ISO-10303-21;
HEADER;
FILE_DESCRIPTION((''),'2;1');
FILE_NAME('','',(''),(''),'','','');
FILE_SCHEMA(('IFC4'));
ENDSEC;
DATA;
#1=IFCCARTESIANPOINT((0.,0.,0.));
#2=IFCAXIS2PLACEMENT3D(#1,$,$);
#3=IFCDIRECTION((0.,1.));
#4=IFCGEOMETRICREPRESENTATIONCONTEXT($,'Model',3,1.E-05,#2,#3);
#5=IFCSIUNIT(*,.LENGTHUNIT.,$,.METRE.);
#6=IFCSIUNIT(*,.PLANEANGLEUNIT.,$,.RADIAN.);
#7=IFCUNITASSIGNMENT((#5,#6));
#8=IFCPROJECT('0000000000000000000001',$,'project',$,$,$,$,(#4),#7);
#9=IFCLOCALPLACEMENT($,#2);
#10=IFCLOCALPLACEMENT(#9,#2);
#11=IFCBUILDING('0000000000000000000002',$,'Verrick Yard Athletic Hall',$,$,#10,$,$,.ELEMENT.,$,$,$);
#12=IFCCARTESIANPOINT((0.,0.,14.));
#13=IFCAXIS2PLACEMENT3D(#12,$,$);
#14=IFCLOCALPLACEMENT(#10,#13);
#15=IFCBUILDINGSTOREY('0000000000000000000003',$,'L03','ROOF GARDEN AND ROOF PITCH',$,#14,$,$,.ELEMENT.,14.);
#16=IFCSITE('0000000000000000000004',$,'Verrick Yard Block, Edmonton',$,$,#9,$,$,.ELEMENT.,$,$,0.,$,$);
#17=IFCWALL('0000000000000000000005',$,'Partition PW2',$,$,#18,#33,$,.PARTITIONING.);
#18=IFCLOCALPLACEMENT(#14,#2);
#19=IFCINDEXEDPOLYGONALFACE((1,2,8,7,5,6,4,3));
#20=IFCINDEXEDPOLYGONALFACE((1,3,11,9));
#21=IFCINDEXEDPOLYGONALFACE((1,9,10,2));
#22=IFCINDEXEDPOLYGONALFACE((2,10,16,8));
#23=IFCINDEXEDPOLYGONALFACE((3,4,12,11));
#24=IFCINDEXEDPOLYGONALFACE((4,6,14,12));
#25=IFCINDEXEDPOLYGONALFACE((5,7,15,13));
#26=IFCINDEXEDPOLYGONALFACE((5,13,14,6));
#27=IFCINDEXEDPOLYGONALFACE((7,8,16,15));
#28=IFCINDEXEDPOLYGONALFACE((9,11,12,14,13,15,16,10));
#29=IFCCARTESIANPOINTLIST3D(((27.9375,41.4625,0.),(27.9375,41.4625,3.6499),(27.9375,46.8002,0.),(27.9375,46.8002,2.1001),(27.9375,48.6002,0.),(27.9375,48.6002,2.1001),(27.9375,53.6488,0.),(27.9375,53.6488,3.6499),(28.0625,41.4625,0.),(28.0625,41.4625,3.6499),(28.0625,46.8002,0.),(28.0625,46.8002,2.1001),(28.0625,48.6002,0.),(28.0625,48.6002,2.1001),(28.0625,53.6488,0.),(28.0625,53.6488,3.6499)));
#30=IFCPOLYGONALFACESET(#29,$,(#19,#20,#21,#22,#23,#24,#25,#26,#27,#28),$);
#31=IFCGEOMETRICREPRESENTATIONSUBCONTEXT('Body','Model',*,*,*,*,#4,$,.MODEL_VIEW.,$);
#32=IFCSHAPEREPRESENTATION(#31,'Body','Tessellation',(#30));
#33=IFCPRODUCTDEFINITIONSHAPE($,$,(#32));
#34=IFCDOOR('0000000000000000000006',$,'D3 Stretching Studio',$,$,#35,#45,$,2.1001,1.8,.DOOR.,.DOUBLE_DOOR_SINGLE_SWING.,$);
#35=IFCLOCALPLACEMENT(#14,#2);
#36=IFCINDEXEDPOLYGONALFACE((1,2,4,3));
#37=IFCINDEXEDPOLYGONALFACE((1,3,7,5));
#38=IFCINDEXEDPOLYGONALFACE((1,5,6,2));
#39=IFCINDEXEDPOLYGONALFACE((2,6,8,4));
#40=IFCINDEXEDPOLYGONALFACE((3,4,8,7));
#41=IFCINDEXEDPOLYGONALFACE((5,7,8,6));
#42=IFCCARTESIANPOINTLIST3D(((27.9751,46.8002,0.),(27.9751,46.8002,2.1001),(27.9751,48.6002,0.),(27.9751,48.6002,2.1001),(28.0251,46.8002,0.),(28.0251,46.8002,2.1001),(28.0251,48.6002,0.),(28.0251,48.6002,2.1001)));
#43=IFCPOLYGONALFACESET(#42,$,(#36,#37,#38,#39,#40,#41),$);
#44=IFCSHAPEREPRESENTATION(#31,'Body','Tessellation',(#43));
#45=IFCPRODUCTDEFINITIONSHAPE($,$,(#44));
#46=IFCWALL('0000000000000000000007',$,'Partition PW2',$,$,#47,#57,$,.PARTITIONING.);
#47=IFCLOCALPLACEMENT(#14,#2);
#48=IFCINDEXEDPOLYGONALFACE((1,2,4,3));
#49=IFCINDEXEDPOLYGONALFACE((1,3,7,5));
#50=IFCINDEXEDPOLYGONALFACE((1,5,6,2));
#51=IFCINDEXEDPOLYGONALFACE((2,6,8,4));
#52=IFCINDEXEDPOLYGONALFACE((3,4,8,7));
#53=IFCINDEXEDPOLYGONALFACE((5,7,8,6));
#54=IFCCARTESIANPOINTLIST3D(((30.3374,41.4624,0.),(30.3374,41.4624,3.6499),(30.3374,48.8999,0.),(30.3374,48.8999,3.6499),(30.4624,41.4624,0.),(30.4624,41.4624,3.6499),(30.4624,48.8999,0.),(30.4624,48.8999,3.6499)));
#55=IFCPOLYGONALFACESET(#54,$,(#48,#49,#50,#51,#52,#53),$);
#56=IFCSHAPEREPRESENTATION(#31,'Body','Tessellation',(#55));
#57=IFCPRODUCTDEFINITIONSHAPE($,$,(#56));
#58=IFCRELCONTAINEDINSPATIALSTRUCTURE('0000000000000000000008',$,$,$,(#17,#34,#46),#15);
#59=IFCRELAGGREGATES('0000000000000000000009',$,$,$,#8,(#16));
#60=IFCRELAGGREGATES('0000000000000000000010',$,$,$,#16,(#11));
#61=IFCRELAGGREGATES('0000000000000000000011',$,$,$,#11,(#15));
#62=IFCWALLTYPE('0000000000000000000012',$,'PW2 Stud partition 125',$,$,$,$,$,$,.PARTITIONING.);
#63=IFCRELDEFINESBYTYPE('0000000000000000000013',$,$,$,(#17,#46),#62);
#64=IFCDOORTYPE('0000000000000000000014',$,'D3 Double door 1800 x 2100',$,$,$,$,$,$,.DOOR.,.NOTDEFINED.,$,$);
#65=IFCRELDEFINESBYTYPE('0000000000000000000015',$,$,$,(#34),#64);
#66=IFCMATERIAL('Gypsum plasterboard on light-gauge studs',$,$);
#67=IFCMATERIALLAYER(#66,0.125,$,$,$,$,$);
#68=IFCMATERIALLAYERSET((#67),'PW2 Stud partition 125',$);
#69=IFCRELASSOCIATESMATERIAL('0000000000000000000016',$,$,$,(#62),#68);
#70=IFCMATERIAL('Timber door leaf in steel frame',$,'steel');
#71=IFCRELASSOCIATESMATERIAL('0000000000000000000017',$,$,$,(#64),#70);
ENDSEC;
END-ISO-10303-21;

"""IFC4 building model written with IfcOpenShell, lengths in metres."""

from ifc_helpers import new_model, si_unit, direction, frame, frame_2d, origin, place, context, subcontext, project, spatial, rectangle, extrude, material, layer, layer_set, type_object, element, fill, save


model = new_model("IFC4")

# Units and contexts
model_context = context("Model", 3, precision=1e-05, world=origin(), true_north=direction((0.0, 1.0)))
body_context = subcontext(model_context, "Body", "Model", "MODEL_VIEW")
ifc_project = project(units=[si_unit("LENGTHUNIT", "METRE"), si_unit("PLANEANGLEUNIT", "RADIAN")], contexts=[model_context])

# Site, building, storey
site_placement = place(None, origin())
site = spatial("IfcSite", under=ifc_project, at=site_placement, Name="Verrick Yard Block, Edmonton", CompositionType="ELEMENT", RefElevation=0.0)
building_placement = place(site_placement, origin())
building = spatial("IfcBuilding", under=site, at=building_placement, Name="Verrick Yard Athletic Hall", CompositionType="ELEMENT")
storey_placement = place(building_placement, frame((0.0, 0.0, 14.0)))
storey = spatial("IfcBuildingStorey", under=building, at=storey_placement, Name="L03", Description="ROOF GARDEN AND ROOF PITCH", CompositionType="ELEMENT", Elevation=14.0)

# Shared definitions
ifc_material_1 = material(Name="Gypsum plasterboard on light-gauge studs")
ifc_layer = layer(ifc_material_1, 0.125)
ifc_layer_set = layer_set([ifc_layer], Name="PW2 Stud partition 125")
wall_type = type_object("IfcWallType", Name="PW2 Stud partition 125", PredefinedType="PARTITIONING", material=ifc_layer_set)

# Wall, opening, door
ifc_material_2 = material(Name="Timber door leaf in steel frame", Category="steel")
door_type = type_object("IfcDoorType", Name="D3 Double door 1800 x 2100", OperationType="NOTDEFINED", PredefinedType="DOOR", material=ifc_material_2)
wall_1_placement = place(storey_placement, frame((28.0, 41.4624, 0.0), z_axis=(0.0, 0.0, 1.0), x_axis=(0.0, 1.0, 0.0)))
wall_1 = element("IfcWall", 1, at=wall_1_placement, inside=storey, type_object=wall_type, Name="Partition PW2", PredefinedType="PARTITIONING", context=body_context, shape_type="SweptSolid", body=[
    extrude(rectangle(XDim=12.1863, YDim=0.125, at=frame_2d((6.0933, 0.0))), origin(), (0.0, 0.0, 1.0), 3.6499),
])
opening_1_placement = place(wall_1_placement, frame((5.3379, 0.0, 0.0)))
opening_1 = element("IfcOpeningElement", 2, at=opening_1_placement, cuts=wall_1, PredefinedType="OPENING", context=body_context, shape_type="SweptSolid", body=[
    extrude(rectangle(XDim=1.8, YDim=2.1001, at=frame_2d((0.8999, 1.05))), frame((0.0, 0.0725, 0.0), z_axis=(0.0, -1.0, 0.0), x_axis=(1.0, 0.0, 0.0)), (0.0, 0.0, 1.0), 0.145),
])
door_1_placement = place(opening_1_placement, origin())
door_1 = element("IfcDoor", 3, at=door_1_placement, inside=storey, type_object=door_type, Name="D3 Stretching Studio", OperationType="DOUBLE_DOOR_SINGLE_SWING", OverallHeight=2.1001, OverallWidth=1.8, PredefinedType="DOOR", context=body_context, shape_type="SweptSolid", body=[
    extrude(rectangle(XDim=1.8, YDim=2.1001, at=frame_2d((0.8999, 1.05))), frame((0.0, 0.0249, 0.0), z_axis=(0.0, -1.0, 0.0), x_axis=(1.0, 0.0, 0.0)), (0.0, 0.0, 1.0), 0.05),
])
fill(opening_1, door_1)

# Wall
wall_2_placement = place(storey_placement, frame((30.3999, 41.4624, 0.0), z_axis=(0.0, 0.0, 1.0), x_axis=(0.0, 1.0, 0.0)))
element("IfcWall", 4, at=wall_2_placement, inside=storey, type_object=wall_type, Name="Partition PW2", PredefinedType="PARTITIONING", context=body_context, shape_type="SweptSolid", body=[
    extrude(rectangle(XDim=7.4375, YDim=0.125, at=frame_2d((3.7188, 0.0))), origin(), (0.0, 0.0, 1.0), 3.6499),
])

save(model, "model.ifc")
